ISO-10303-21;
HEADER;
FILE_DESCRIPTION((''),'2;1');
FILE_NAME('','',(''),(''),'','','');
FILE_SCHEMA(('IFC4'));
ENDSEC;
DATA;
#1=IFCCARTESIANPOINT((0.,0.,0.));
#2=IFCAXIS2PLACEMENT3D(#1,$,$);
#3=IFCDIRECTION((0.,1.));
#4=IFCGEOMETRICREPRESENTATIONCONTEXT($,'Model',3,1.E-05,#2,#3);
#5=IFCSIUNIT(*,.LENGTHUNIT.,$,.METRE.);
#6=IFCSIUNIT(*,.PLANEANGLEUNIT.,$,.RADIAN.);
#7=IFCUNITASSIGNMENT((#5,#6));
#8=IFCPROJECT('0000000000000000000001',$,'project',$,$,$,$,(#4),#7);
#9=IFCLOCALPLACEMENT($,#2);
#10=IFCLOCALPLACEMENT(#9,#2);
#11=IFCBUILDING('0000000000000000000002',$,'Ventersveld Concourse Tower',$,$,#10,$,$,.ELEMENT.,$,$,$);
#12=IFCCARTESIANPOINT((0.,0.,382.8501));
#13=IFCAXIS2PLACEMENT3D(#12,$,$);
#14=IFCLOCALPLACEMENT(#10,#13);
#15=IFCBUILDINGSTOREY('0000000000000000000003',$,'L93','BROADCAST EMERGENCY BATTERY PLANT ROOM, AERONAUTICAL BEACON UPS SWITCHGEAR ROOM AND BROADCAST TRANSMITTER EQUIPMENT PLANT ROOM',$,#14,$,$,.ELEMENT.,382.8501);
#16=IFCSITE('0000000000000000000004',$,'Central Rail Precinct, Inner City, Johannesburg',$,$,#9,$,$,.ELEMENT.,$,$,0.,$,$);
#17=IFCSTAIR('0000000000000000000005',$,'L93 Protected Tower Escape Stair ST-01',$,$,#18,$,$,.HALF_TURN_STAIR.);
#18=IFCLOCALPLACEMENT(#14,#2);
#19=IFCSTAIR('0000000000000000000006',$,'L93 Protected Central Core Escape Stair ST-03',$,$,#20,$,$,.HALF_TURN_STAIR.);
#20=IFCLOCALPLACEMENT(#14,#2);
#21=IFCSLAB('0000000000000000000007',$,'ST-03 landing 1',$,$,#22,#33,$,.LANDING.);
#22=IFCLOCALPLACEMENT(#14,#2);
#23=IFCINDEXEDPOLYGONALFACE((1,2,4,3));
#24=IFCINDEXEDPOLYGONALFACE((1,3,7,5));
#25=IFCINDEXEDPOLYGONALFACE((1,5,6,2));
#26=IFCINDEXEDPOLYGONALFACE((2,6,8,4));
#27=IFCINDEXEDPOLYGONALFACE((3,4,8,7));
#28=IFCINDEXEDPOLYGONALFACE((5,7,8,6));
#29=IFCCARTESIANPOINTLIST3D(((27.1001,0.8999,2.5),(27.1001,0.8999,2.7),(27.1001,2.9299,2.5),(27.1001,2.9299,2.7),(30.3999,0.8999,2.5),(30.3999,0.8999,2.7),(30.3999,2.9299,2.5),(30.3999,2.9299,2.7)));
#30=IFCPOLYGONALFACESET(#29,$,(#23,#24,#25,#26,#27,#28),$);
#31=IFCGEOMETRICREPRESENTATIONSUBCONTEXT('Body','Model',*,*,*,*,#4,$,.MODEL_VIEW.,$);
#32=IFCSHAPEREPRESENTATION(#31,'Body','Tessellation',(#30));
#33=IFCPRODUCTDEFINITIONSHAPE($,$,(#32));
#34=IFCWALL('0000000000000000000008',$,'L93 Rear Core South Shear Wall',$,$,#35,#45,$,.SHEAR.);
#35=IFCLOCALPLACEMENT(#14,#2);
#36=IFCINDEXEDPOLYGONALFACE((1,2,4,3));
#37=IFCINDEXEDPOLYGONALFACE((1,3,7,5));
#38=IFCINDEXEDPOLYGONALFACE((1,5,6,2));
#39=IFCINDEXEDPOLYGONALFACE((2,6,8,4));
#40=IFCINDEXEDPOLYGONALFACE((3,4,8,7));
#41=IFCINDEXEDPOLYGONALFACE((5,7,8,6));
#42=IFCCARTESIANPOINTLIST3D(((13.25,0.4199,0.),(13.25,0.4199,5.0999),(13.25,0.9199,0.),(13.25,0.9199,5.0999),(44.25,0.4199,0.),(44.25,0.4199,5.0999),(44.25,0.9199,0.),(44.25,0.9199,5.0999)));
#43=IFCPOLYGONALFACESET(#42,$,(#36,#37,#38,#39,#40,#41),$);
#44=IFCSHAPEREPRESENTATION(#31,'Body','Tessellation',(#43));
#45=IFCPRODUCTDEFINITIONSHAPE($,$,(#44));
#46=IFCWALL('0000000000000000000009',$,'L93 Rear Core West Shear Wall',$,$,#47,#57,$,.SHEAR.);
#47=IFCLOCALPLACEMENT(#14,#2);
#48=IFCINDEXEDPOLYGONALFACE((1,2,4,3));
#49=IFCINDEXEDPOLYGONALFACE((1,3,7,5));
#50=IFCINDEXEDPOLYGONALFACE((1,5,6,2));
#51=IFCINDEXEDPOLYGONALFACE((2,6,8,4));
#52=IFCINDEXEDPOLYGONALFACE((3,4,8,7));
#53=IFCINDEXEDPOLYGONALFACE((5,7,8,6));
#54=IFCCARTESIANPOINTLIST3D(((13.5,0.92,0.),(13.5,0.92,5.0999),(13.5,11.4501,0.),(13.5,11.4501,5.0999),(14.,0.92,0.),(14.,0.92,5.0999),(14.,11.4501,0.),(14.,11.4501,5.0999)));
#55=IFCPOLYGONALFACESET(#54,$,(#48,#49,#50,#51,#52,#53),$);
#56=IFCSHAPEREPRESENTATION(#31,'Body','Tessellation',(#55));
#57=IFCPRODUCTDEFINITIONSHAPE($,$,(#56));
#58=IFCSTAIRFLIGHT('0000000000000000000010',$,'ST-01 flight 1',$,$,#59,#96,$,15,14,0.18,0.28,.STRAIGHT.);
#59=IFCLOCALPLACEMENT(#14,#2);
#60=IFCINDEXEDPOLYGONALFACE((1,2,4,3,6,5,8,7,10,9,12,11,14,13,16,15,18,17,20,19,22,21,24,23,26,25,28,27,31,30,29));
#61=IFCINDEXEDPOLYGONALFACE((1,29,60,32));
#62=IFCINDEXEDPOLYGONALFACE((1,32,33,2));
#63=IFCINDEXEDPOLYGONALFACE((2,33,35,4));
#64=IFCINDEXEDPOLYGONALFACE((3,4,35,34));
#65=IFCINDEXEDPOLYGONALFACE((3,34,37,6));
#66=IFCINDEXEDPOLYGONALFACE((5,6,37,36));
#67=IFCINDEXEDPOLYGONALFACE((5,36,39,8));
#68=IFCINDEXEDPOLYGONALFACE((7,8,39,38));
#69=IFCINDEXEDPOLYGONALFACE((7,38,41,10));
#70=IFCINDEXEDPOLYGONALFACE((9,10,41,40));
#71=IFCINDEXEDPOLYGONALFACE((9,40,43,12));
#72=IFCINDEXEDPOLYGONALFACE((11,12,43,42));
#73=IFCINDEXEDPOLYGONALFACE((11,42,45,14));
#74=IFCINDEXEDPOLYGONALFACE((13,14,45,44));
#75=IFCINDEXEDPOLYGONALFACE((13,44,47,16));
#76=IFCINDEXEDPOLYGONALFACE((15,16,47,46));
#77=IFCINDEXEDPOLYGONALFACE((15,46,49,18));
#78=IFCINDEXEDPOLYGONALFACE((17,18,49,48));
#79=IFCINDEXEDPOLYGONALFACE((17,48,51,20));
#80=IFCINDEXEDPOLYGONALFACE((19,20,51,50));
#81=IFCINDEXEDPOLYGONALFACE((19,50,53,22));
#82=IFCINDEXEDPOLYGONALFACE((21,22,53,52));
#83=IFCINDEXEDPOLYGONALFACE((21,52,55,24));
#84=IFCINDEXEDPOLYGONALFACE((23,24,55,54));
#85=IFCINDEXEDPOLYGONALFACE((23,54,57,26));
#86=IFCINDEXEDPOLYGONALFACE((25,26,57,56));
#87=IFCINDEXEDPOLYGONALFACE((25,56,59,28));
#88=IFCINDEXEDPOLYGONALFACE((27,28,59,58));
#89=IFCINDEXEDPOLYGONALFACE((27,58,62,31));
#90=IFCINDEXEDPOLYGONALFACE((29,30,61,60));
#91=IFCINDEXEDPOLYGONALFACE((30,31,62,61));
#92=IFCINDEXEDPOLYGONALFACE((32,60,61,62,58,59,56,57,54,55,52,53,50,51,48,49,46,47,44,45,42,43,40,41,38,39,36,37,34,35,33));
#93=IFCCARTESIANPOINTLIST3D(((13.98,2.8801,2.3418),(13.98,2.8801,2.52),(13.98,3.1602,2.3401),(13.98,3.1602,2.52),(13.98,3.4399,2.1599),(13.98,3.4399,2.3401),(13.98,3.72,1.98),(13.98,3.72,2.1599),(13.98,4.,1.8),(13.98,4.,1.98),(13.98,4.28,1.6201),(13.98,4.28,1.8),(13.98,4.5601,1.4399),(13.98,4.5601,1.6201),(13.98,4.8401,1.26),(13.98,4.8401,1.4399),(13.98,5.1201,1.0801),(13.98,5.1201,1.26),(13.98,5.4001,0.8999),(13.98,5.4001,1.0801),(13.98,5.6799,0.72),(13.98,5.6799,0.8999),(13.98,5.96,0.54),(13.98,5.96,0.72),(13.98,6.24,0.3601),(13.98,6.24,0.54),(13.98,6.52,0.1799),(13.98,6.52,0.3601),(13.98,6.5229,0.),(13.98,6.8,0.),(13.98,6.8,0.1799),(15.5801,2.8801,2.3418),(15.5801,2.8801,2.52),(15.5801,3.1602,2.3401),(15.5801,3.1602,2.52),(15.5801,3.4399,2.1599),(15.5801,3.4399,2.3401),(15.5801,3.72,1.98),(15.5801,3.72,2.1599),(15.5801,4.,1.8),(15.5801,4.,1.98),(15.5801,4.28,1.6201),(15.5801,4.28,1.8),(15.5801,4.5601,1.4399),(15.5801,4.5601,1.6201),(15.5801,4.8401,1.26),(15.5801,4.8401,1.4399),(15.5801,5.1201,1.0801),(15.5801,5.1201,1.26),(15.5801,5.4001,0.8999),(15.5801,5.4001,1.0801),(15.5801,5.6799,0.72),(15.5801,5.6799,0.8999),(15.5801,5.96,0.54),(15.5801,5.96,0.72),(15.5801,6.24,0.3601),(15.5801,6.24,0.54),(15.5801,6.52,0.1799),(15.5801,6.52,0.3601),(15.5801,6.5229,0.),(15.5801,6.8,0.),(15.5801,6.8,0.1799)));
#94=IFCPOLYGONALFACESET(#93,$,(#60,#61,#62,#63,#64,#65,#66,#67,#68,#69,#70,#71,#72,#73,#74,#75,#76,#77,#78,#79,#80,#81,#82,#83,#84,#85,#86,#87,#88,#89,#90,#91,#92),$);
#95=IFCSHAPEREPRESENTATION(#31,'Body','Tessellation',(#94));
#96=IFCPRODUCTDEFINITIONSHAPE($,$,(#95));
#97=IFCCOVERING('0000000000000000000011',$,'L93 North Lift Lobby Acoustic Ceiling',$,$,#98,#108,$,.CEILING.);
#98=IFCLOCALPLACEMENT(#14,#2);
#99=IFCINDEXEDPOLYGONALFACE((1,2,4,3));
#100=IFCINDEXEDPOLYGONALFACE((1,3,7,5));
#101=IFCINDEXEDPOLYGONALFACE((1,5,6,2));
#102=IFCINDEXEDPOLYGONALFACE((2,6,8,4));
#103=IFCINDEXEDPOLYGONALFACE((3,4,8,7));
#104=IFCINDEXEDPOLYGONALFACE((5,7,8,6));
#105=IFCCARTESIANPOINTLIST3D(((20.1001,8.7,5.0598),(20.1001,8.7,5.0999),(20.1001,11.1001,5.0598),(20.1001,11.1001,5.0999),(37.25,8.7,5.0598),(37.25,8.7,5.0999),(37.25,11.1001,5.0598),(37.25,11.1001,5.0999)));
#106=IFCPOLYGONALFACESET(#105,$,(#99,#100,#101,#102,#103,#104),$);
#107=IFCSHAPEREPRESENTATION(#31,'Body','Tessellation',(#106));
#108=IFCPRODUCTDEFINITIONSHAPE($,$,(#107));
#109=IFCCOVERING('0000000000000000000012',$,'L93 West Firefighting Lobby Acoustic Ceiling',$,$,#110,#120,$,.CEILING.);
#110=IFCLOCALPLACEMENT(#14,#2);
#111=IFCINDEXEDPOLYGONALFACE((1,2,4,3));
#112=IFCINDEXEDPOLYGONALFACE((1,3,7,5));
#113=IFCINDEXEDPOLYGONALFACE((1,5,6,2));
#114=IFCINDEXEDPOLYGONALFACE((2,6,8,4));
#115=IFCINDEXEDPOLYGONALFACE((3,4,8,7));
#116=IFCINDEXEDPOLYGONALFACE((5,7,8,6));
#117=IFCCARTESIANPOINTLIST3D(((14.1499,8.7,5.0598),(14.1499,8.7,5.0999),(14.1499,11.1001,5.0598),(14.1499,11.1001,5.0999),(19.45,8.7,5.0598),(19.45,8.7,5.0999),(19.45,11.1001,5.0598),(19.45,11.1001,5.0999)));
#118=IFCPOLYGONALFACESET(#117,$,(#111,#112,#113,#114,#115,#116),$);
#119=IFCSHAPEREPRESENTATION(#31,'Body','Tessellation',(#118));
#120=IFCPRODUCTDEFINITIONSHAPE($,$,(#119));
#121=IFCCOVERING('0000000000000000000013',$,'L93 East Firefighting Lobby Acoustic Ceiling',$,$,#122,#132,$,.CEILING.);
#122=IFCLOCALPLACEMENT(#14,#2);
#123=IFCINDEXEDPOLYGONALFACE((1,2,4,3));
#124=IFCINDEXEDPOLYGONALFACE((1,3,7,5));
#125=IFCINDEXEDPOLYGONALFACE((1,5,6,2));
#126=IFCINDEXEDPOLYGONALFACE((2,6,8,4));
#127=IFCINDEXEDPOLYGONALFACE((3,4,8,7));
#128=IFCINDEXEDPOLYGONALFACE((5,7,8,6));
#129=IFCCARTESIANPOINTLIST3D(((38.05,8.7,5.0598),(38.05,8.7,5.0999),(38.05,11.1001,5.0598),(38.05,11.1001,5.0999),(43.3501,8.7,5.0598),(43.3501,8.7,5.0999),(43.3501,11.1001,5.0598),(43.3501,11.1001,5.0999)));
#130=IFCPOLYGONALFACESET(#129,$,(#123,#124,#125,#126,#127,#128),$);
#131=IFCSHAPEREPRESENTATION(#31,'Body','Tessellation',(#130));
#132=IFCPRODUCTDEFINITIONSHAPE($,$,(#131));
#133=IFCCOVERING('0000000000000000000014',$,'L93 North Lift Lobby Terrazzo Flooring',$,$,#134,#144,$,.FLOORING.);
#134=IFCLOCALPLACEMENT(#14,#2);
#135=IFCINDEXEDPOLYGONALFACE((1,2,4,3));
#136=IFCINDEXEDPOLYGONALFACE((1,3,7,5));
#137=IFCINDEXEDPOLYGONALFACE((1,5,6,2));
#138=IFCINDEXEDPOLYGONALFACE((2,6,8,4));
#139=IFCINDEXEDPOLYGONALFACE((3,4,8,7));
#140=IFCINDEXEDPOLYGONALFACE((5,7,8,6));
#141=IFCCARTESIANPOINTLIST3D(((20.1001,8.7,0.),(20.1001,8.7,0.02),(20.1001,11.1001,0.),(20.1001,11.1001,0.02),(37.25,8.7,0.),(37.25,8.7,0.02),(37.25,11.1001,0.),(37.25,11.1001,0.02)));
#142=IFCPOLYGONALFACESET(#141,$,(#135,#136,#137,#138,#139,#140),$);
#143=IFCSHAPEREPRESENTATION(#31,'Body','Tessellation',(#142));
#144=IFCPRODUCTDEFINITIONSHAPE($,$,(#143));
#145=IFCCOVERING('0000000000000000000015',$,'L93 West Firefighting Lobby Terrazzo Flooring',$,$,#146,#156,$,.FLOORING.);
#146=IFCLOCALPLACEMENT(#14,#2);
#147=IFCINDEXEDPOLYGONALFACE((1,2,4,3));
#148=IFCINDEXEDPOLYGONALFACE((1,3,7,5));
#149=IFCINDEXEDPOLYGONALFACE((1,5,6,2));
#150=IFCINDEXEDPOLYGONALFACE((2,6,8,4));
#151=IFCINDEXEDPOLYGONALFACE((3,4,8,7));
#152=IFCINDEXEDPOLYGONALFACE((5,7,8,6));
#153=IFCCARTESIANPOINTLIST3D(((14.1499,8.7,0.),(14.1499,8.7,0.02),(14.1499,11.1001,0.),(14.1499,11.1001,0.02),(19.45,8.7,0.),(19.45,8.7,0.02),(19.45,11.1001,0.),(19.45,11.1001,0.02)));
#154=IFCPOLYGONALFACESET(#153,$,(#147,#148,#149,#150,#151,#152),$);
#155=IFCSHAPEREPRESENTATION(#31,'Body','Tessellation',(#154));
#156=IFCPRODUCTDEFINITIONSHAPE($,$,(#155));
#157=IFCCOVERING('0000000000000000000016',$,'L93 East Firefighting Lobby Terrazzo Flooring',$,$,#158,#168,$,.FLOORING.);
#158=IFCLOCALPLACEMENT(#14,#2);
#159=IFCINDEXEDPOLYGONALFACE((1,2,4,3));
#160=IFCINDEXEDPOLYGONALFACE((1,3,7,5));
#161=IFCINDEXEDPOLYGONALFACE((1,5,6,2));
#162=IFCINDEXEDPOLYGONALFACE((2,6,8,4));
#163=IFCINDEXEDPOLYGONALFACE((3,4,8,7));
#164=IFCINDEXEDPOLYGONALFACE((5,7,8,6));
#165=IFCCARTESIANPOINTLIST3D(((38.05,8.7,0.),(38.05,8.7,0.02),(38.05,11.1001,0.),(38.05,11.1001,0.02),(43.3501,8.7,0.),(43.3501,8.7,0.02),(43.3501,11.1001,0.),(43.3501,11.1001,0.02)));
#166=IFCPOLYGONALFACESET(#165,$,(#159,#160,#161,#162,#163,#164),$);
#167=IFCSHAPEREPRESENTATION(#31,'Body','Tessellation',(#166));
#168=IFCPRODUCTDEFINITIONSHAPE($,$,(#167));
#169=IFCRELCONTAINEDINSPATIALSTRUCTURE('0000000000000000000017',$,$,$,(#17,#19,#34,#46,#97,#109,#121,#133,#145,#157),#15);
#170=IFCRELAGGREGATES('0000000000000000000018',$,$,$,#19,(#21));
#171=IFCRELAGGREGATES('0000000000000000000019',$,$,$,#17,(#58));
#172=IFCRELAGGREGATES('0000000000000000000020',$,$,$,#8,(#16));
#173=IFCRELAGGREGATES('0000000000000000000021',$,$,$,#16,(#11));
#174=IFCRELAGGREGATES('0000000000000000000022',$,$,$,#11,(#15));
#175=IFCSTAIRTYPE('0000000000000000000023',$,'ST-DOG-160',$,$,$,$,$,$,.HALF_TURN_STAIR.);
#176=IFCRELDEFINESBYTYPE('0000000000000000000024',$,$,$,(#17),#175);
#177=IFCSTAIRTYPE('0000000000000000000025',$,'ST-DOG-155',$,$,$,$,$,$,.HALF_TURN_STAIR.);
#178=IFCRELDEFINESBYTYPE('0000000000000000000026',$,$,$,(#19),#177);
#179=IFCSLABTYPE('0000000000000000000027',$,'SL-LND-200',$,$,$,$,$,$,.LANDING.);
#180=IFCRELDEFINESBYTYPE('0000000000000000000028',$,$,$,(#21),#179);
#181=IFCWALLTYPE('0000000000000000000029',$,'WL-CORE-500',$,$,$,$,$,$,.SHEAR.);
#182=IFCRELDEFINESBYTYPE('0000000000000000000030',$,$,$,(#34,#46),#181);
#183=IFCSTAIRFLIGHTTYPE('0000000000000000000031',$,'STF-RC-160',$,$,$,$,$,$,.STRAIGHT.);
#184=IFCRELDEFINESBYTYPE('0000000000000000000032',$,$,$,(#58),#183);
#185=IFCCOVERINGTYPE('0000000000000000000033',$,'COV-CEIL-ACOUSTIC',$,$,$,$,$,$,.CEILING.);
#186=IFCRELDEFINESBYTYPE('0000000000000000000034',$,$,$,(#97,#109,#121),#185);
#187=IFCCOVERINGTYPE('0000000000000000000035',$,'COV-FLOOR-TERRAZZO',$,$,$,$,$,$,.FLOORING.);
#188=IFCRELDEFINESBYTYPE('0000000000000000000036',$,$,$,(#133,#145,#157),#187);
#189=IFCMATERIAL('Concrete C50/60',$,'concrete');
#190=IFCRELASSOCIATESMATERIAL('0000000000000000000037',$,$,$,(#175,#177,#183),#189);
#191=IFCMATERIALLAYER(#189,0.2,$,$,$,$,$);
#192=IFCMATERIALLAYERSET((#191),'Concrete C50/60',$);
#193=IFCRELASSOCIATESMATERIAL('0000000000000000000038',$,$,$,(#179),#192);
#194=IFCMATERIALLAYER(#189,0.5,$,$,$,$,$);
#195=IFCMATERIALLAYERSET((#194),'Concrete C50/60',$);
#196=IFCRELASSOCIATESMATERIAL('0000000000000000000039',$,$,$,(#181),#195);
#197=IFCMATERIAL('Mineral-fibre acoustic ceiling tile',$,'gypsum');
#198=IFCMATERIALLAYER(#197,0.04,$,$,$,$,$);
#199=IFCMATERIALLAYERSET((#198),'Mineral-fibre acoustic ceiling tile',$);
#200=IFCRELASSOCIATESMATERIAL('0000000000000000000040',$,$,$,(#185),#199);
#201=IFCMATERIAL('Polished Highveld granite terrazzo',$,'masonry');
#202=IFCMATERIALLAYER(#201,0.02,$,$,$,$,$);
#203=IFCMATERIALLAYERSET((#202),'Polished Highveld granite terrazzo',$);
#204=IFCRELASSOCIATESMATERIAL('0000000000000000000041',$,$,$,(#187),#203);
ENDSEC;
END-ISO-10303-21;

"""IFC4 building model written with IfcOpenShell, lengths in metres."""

from ifc_helpers import new_model, si_unit, direction, frame, frame_2d, origin, place, context, subcontext, project, spatial, polyline, rectangle, outline, extrude, material, layer, layer_set, type_object, element, aggregate, save


model = new_model("IFC4")

# Units and contexts
model_context = context("Model", 3, precision=1e-05, world=origin(), true_north=direction((0.0, 1.0)))
body_context = subcontext(model_context, "Body", "Model", "MODEL_VIEW")
ifc_project = project(units=[si_unit("LENGTHUNIT", "METRE"), si_unit("PLANEANGLEUNIT", "RADIAN")], contexts=[model_context])

# Site, building, storey
site_placement = place(None, origin())
site = spatial("IfcSite", under=ifc_project, at=site_placement, Name="Central Rail Precinct, Inner City, Johannesburg", CompositionType="ELEMENT", RefElevation=0.0)
building_placement = place(site_placement, origin())
building = spatial("IfcBuilding", under=site, at=building_placement, Name="Ventersveld Concourse Tower", CompositionType="ELEMENT")
storey_placement = place(building_placement, frame((0.0, 0.0, 382.8501)))
storey = spatial("IfcBuildingStorey", under=building, at=storey_placement, Name="L93", Description="BROADCAST EMERGENCY BATTERY PLANT ROOM, AERONAUTICAL BEACON UPS SWITCHGEAR ROOM AND BROADCAST TRANSMITTER EQUIPMENT PLANT ROOM", CompositionType="ELEMENT", Elevation=382.8501)

# Shared definitions
ifc_material_1 = material(Name="Concrete C50/60", Category="concrete")

# Stairs, slab
stair_type_1 = type_object("IfcStairType", Name="ST-DOG-160", PredefinedType="HALF_TURN_STAIR", material=ifc_material_1)
stair_1_placement = place(storey_placement, origin())
stair_1 = element("IfcStair", 1, at=stair_1_placement, inside=storey, type_object=stair_type_1, Name="L93 Protected Tower Escape Stair ST-01", PredefinedType="HALF_TURN_STAIR")
ifc_layer_1 = layer(ifc_material_1, 0.2)
ifc_layer_set_1 = layer_set([ifc_layer_1], Name="Concrete C50/60")
slab_type_1 = type_object("IfcSlabType", Name="SL-LND-200", PredefinedType="LANDING", material=ifc_layer_set_1)
stair_type_2 = type_object("IfcStairType", Name="ST-DOG-155", PredefinedType="HALF_TURN_STAIR", material=ifc_material_1)
stair_2_placement = place(storey_placement, origin())
stair_2 = element("IfcStair", 2, at=stair_2_placement, inside=storey, type_object=stair_type_2, Name="L93 Protected Central Core Escape Stair ST-03", PredefinedType="HALF_TURN_STAIR")
slab_1_placement = place(storey_placement, frame((0.0, 0.0, 2.5)))
slab_1 = element("IfcSlab", 3, at=slab_1_placement, type_object=slab_type_1, Name="ST-03 landing 1", PredefinedType="LANDING", context=body_context, shape_type="SweptSolid", body=[
    extrude(outline(polyline([(27.1001, 2.9299), (27.1001, 0.8999), (30.3999, 0.8999), (30.3999, 2.9299), (27.1001, 2.9299)])), origin(), (0.0, 0.0, 1.0), 0.2),
])
aggregate(stair_2, [slab_1])

# Walls
ifc_layer_2 = layer(ifc_material_1, 0.5)
ifc_layer_set_2 = layer_set([ifc_layer_2], Name="Concrete C50/60")
wall_type = type_object("IfcWallType", Name="WL-CORE-500", PredefinedType="SHEAR", material=ifc_layer_set_2)
wall_1_placement = place(storey_placement, frame((13.25, 0.6699, 0.0), z_axis=(0.0, 0.0, 1.0), x_axis=(1.0, 0.0, 0.0)))
element("IfcWall", 4, at=wall_1_placement, inside=storey, type_object=wall_type, Name="L93 Rear Core South Shear Wall", PredefinedType="SHEAR", context=body_context, shape_type="SweptSolid", body=[
    extrude(rectangle(XDim=31.0, YDim=0.5, at=frame_2d((15.5, 0.0))), origin(), (0.0, 0.0, 1.0), 5.0999),
])
wall_2_placement = place(storey_placement, frame((13.75, 0.9199, 0.0), z_axis=(0.0, 0.0, 1.0), x_axis=(0.0, 1.0, 0.0)))
element("IfcWall", 5, at=wall_2_placement, inside=storey, type_object=wall_type, Name="L93 Rear Core West Shear Wall", PredefinedType="SHEAR", context=body_context, shape_type="SweptSolid", body=[
    extrude(rectangle(XDim=10.53, YDim=0.5, at=frame_2d((5.2651, 0.0))), origin(), (0.0, 0.0, 1.0), 5.0999),
])

# Stair flight
stair_flight_type = type_object("IfcStairFlightType", Name="STF-RC-160", PredefinedType="STRAIGHT", material=ifc_material_1)
stair_flight_placement = place(storey_placement, frame((14.78, 6.8, 0.0), z_axis=(0.0, 0.0, 1.0), x_axis=(0.0, -1.0, 0.0)))
stair_flight = element("IfcStairFlight", 6, at=stair_flight_placement, type_object=stair_flight_type, Name="ST-01 flight 1", NumberOfRisers=15, NumberOfTreads=14, PredefinedType="STRAIGHT", RiserHeight=0.18, TreadLength=0.28, context=body_context, shape_type="SweptSolid", body=[
    extrude(outline(polyline([(0.0, 0.0), (0.0, 0.1799), (0.28, 0.1799), (0.28, 0.3601), (0.5601, 0.3601), (0.5601, 0.54), (0.8401, 0.54), (0.8401, 0.72), (1.1201, 0.72), (1.1201, 0.8999), (1.3999, 0.8999), (1.3999, 1.0801), (1.6799, 1.0801), (1.6799, 1.26), (1.96, 1.26), (1.96, 1.4399), (2.24, 1.4399), (2.24, 1.6201), (2.52, 1.6201), (2.52, 1.8), (2.8, 1.8), (2.8, 1.98), (3.0801, 1.98), (3.0801, 2.1599), (3.3601, 2.1599), (3.3601, 2.3401), (3.6399, 2.3401), (3.6399, 2.52), (3.9199, 2.52), (3.9199, 2.7), (3.9199, 2.3418), (0.2771, 0.0), (0.0, 0.0)])), frame((0.0, 0.8, 0.0), z_axis=(0.0, -1.0, 0.0), x_axis=(1.0, 0.0, 0.0)), (0.0, 0.0, 1.0), 1.6001),
])
aggregate(stair_1, [stair_flight])

# Coverings
ifc_material_2 = material(Name="Mineral-fibre acoustic ceiling tile", Category="gypsum")
ifc_layer_3 = layer(ifc_material_2, 0.04)
ifc_layer_set_3 = layer_set([ifc_layer_3], Name="Mineral-fibre acoustic ceiling tile")
covering_type_1 = type_object("IfcCoveringType", Name="COV-CEIL-ACOUSTIC", PredefinedType="CEILING", material=ifc_layer_set_3)
covering_1_placement = place(storey_placement, frame((0.0, 0.0, 5.0598)))
element("IfcCovering", 7, at=covering_1_placement, inside=storey, type_object=covering_type_1, Name="L93 North Lift Lobby Acoustic Ceiling", PredefinedType="CEILING", context=body_context, shape_type="SweptSolid", body=[
    extrude(outline(polyline([(20.1001, 8.7), (37.25, 8.7), (37.25, 11.1001), (20.1001, 11.1001), (20.1001, 8.7)])), origin(), (0.0, 0.0, 1.0), 0.04),
])
covering_2_placement = place(storey_placement, frame((0.0, 0.0, 5.0598)))
element("IfcCovering", 8, at=covering_2_placement, inside=storey, type_object=covering_type_1, Name="L93 West Firefighting Lobby Acoustic Ceiling", PredefinedType="CEILING", context=body_context, shape_type="SweptSolid", body=[
    extrude(outline(polyline([(14.1499, 8.7), (19.45, 8.7), (19.45, 11.1001), (14.1499, 11.1001), (14.1499, 8.7)])), origin(), (0.0, 0.0, 1.0), 0.04),
])
covering_3_placement = place(storey_placement, frame((0.0, 0.0, 5.0598)))
element("IfcCovering", 9, at=covering_3_placement, inside=storey, type_object=covering_type_1, Name="L93 East Firefighting Lobby Acoustic Ceiling", PredefinedType="CEILING", context=body_context, shape_type="SweptSolid", body=[
    extrude(outline(polyline([(38.05, 8.7), (43.3501, 8.7), (43.3501, 11.1001), (38.05, 11.1001), (38.05, 8.7)])), origin(), (0.0, 0.0, 1.0), 0.04),
])
ifc_material_3 = material(Name="Polished Highveld granite terrazzo", Category="masonry")
ifc_layer_4 = layer(ifc_material_3, 0.02)
ifc_layer_set_4 = layer_set([ifc_layer_4], Name="Polished Highveld granite terrazzo")
covering_type_2 = type_object("IfcCoveringType", Name="COV-FLOOR-TERRAZZO", PredefinedType="FLOORING", material=ifc_layer_set_4)
covering_4_placement = place(storey_placement, origin())
element("IfcCovering", 10, at=covering_4_placement, inside=storey, type_object=covering_type_2, Name="L93 North Lift Lobby Terrazzo Flooring", PredefinedType="FLOORING", context=body_context, shape_type="SweptSolid", body=[
    extrude(outline(polyline([(20.1001, 8.7), (37.25, 8.7), (37.25, 11.1001), (20.1001, 11.1001), (20.1001, 8.7)])), origin(), (0.0, 0.0, 1.0), 0.02),
])
covering_5_placement = place(storey_placement, origin())
element("IfcCovering", 11, at=covering_5_placement, inside=storey, type_object=covering_type_2, Name="L93 West Firefighting Lobby Terrazzo Flooring", PredefinedType="FLOORING", context=body_context, shape_type="SweptSolid", body=[
    extrude(outline(polyline([(14.1499, 8.7), (19.45, 8.7), (19.45, 11.1001), (14.1499, 11.1001), (14.1499, 8.7)])), origin(), (0.0, 0.0, 1.0), 0.02),
])
covering_6_placement = place(storey_placement, origin())
element("IfcCovering", 12, at=covering_6_placement, inside=storey, type_object=covering_type_2, Name="L93 East Firefighting Lobby Terrazzo Flooring", PredefinedType="FLOORING", context=body_context, shape_type="SweptSolid", body=[
    extrude(outline(polyline([(38.05, 8.7), (43.3501, 8.7), (43.3501, 11.1001), (38.05, 11.1001), (38.05, 8.7)])), origin(), (0.0, 0.0, 1.0), 0.02),
])

save(model, "model.ifc")
